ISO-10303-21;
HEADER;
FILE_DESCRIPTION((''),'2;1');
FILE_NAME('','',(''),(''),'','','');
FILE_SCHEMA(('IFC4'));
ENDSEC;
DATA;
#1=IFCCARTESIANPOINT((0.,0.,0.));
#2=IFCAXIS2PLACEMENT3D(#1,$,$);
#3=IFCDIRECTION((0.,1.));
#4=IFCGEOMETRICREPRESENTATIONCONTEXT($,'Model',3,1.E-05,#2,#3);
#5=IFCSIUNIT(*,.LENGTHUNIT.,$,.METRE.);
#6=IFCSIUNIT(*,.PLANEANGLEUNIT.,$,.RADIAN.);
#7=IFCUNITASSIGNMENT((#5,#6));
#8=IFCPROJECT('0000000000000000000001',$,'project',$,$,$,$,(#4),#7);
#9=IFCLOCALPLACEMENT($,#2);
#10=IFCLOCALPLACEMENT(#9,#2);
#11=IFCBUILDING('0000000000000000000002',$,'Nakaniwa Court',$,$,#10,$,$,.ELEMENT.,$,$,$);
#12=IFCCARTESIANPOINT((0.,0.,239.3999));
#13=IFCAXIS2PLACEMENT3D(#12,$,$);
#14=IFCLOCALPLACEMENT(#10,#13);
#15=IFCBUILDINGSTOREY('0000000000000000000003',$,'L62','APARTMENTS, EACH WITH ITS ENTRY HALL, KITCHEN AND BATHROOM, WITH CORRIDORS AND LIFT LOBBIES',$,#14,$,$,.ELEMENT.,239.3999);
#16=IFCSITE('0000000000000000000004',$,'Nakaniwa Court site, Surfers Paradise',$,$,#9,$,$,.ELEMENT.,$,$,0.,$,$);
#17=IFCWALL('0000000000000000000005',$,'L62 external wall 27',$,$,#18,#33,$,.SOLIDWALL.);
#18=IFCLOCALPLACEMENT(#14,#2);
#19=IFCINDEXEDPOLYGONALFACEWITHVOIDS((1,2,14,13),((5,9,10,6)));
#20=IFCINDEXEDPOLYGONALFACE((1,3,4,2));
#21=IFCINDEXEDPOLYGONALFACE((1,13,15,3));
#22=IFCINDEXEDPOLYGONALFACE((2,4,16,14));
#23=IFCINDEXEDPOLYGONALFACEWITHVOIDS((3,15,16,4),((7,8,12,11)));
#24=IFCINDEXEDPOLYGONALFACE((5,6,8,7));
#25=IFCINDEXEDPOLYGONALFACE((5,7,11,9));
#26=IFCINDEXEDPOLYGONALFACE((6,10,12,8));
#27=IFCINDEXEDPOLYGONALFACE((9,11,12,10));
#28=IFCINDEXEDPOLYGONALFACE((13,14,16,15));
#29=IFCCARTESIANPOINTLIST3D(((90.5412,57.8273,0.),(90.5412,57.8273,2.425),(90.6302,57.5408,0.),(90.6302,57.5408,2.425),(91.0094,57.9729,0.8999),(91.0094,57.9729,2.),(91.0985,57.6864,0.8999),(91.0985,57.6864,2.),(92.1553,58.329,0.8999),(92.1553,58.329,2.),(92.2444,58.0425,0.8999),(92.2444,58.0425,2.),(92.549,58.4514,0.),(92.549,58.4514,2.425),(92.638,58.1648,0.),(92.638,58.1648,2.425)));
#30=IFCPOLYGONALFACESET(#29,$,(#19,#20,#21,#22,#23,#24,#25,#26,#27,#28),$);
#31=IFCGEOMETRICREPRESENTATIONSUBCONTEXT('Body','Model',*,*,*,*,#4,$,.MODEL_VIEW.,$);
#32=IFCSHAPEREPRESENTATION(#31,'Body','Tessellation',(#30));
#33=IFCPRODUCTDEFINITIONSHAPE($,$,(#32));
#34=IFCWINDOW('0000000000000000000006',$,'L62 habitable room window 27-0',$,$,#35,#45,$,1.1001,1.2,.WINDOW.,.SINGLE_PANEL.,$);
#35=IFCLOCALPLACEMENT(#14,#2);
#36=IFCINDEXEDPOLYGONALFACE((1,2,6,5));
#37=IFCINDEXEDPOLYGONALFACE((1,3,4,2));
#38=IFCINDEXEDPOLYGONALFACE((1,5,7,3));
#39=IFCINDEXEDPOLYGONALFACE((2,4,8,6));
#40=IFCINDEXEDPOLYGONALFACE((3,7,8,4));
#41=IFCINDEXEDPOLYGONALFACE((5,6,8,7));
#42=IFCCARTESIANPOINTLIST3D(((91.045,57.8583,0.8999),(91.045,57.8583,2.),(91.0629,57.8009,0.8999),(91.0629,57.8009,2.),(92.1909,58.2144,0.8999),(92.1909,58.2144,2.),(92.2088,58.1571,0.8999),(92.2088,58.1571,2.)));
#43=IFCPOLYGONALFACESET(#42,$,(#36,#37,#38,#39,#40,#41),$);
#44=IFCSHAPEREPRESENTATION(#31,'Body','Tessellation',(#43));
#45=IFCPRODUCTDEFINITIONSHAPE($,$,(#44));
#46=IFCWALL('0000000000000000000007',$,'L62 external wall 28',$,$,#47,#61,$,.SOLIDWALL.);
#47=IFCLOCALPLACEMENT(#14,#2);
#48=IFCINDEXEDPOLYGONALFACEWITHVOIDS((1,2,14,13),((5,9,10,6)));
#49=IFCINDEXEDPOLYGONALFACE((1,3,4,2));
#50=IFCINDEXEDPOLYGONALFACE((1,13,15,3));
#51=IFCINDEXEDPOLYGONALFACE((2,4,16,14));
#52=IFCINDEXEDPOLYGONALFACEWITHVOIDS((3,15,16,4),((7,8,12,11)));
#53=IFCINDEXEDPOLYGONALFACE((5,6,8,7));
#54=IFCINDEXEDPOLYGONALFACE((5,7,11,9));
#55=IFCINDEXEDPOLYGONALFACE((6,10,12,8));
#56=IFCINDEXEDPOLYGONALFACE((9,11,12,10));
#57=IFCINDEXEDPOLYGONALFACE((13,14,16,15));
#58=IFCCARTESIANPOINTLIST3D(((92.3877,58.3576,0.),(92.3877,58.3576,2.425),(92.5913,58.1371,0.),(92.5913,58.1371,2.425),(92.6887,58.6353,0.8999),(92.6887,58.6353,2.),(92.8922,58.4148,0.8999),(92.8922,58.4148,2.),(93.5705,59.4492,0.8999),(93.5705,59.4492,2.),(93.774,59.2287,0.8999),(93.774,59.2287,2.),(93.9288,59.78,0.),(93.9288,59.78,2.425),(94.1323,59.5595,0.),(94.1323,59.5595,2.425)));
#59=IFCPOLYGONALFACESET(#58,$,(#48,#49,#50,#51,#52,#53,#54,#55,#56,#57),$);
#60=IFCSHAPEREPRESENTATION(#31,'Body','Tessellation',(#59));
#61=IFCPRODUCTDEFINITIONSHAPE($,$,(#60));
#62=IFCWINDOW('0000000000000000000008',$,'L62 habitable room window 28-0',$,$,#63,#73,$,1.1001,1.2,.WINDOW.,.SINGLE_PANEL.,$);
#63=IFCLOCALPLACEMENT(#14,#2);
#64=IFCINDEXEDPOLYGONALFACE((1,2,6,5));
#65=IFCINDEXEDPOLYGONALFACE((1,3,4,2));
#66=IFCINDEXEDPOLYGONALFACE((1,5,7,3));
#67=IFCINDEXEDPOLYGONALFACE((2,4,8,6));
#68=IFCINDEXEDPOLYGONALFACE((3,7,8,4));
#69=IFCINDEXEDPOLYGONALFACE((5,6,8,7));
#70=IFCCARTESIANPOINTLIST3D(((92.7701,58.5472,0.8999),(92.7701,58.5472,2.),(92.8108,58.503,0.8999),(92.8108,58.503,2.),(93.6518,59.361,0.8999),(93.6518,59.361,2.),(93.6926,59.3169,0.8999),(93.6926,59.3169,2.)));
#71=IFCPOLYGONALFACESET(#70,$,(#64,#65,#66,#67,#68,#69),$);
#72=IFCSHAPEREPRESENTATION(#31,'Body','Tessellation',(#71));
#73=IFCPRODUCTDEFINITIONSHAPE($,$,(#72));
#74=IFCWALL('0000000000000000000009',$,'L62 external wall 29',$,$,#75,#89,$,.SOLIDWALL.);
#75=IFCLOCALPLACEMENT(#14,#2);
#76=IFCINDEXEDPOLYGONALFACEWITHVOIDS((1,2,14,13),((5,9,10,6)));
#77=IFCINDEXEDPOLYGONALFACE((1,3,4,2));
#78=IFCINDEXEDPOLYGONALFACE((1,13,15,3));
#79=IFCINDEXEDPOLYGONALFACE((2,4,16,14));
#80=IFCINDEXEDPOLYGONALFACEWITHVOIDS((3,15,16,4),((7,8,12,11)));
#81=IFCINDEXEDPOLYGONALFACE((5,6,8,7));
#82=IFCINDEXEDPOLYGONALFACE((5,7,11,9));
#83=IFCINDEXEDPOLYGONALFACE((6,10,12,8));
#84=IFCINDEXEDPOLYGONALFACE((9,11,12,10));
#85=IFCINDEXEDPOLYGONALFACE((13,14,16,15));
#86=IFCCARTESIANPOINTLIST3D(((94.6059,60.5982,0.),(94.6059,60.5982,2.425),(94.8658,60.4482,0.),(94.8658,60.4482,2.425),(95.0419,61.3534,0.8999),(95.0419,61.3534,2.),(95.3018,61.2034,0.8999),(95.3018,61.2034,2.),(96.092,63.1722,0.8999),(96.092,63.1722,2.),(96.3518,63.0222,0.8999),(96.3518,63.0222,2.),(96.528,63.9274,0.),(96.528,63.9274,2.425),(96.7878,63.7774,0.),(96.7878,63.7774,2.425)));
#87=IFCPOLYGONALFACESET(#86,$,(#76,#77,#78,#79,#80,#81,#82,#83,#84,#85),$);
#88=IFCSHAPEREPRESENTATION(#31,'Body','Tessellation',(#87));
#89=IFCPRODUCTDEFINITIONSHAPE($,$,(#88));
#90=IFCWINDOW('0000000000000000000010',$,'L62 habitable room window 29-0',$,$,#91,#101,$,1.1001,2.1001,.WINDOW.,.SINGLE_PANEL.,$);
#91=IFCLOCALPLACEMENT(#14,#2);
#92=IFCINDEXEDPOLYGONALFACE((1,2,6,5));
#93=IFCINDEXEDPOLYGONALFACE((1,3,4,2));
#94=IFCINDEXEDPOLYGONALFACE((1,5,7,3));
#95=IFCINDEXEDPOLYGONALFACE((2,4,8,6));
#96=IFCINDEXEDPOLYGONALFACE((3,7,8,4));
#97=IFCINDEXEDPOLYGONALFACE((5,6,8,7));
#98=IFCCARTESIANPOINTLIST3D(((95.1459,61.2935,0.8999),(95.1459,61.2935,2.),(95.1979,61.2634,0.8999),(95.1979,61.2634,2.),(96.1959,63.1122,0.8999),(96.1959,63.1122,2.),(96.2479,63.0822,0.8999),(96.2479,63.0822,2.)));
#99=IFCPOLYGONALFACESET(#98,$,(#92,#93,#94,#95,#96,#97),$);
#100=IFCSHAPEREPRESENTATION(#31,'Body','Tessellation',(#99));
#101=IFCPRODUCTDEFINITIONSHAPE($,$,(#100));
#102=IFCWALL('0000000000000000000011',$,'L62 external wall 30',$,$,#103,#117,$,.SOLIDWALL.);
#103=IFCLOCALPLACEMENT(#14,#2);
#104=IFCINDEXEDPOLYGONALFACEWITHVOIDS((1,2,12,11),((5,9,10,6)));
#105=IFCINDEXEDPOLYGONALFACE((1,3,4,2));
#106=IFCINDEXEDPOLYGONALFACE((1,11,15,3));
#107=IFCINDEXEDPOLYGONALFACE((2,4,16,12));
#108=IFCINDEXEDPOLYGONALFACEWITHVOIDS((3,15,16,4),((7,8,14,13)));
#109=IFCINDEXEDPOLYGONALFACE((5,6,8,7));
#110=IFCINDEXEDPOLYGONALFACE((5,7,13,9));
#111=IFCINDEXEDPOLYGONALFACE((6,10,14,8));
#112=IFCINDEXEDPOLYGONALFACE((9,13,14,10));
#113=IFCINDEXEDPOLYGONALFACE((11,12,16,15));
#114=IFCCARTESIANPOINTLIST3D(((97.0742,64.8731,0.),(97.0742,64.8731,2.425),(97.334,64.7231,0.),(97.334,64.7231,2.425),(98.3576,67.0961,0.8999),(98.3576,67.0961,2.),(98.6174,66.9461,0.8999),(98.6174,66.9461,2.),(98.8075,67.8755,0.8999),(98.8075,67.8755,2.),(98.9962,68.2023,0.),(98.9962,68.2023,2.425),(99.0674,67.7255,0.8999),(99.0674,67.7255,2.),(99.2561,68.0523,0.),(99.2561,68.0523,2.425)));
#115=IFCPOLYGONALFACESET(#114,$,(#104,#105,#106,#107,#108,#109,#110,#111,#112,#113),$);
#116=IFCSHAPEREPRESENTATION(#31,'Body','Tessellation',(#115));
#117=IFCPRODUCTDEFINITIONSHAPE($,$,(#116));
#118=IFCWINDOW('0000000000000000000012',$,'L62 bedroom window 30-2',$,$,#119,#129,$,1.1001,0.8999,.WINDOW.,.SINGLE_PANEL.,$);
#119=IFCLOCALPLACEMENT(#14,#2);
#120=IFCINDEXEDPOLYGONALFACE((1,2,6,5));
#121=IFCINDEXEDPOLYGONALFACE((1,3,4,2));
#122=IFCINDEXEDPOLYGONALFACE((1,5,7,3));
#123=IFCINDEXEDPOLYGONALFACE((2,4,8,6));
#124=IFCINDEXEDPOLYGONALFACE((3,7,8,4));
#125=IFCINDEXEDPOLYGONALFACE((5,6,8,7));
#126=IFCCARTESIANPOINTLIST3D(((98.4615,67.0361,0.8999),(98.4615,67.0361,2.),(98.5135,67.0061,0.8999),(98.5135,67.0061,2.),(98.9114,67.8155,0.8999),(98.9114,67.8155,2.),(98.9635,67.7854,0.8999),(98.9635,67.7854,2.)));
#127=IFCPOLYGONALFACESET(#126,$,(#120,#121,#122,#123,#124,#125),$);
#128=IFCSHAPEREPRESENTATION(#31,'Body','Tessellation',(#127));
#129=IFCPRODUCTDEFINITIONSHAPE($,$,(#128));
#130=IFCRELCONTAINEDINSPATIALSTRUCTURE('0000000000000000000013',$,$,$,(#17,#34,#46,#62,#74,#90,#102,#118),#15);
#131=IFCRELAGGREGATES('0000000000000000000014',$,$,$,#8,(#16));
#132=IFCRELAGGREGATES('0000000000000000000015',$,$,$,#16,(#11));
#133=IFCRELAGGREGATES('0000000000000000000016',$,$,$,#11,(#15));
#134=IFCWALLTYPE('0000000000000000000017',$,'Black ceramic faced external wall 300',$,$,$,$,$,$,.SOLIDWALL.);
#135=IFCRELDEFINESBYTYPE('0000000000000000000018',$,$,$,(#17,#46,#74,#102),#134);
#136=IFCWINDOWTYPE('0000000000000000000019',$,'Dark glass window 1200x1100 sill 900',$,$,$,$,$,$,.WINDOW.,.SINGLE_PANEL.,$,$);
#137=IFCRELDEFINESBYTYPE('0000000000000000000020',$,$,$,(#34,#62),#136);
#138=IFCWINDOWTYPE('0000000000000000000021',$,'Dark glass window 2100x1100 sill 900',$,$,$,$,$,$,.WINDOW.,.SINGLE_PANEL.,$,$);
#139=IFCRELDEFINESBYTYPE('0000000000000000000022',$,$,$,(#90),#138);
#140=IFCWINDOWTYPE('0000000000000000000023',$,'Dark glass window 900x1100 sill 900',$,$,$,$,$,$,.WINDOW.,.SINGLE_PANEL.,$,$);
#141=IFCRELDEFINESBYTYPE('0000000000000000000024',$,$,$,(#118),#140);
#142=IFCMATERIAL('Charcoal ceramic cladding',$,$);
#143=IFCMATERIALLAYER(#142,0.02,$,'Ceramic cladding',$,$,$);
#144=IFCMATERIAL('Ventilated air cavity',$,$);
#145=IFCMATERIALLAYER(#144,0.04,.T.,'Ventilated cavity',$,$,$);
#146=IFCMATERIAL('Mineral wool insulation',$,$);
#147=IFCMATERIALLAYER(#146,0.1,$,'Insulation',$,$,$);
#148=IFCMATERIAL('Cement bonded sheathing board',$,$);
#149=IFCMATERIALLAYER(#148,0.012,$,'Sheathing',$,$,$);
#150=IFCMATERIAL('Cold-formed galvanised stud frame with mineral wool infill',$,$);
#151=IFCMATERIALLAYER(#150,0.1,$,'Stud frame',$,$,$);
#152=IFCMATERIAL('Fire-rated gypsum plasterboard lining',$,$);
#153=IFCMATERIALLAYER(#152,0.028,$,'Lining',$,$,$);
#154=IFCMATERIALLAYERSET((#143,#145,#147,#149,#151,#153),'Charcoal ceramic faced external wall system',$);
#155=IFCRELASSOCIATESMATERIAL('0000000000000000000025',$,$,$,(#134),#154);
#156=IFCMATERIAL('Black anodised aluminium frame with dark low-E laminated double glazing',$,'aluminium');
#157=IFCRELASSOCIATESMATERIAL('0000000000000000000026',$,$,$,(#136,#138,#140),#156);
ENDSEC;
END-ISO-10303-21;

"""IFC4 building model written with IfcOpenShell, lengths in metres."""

from ifc_helpers import new_model, si_unit, direction, frame, frame_2d, origin, place, context, subcontext, project, spatial, rectangle, extrude, material, layer, layer_set, type_object, element, fill, save


model = new_model("IFC4")

# Units and contexts
model_context = context("Model", 3, precision=1e-05, world=origin(), true_north=direction((0.0, 1.0)))
body_context = subcontext(model_context, "Body", "Model", "MODEL_VIEW")
ifc_project = project(units=[si_unit("LENGTHUNIT", "METRE"), si_unit("PLANEANGLEUNIT", "RADIAN")], contexts=[model_context])

# Site, building, storey
site_placement = place(None, origin())
site = spatial("IfcSite", under=ifc_project, at=site_placement, Name="Nakaniwa Court site, Surfers Paradise", CompositionType="ELEMENT", RefElevation=0.0)
building_placement = place(site_placement, origin())
building = spatial("IfcBuilding", under=site, at=building_placement, Name="Nakaniwa Court", CompositionType="ELEMENT")
storey_placement = place(building_placement, frame((0.0, 0.0, 239.3999)))
storey = spatial("IfcBuildingStorey", under=building, at=storey_placement, Name="L62", Description="APARTMENTS, EACH WITH ITS ENTRY HALL, KITCHEN AND BATHROOM, WITH CORRIDORS AND LIFT LOBBIES", CompositionType="ELEMENT", Elevation=239.3999)

# Walls, openings, windows
ifc_material_1 = material(Name="Charcoal ceramic cladding")
ifc_layer_1 = layer(ifc_material_1, 0.02, Name="Ceramic cladding")
ifc_material_2 = material(Name="Ventilated air cavity")
ifc_layer_2 = layer(ifc_material_2, 0.04, ventilated=True, Name="Ventilated cavity")
ifc_material_3 = material(Name="Mineral wool insulation")
ifc_layer_3 = layer(ifc_material_3, 0.1, Name="Insulation")
ifc_material_4 = material(Name="Cement bonded sheathing board")
ifc_layer_4 = layer(ifc_material_4, 0.012, Name="Sheathing")
ifc_material_5 = material(Name="Cold-formed galvanised stud frame with mineral wool infill")
ifc_layer_5 = layer(ifc_material_5, 0.1, Name="Stud frame")
ifc_material_6 = material(Name="Fire-rated gypsum plasterboard lining")
ifc_layer_6 = layer(ifc_material_6, 0.028, Name="Lining")
ifc_layer_set_1 = layer_set([ifc_layer_1, ifc_layer_2, ifc_layer_3, ifc_layer_4, ifc_layer_5, ifc_layer_6], Name="Charcoal ceramic faced external wall system")
wall_type_1 = type_object("IfcWallType", Name="Black ceramic faced external wall 300", PredefinedType="SOLIDWALL", material=ifc_layer_set_1)
wall_1_placement = place(storey_placement, frame((90.5857, 57.6841, 0.0), z_axis=(0.0, 0.0, 1.0), x_axis=(0.954942, 0.296794, 0.0)))
wall_1 = element("IfcWall", 1, at=wall_1_placement, inside=storey, type_object=wall_type_1, Name="L62 external wall 27", PredefinedType="SOLIDWALL", context=body_context, shape_type="SweptSolid", body=[
    extrude(rectangle(XDim=2.1025, YDim=0.3, at=frame_2d((1.0513, 0.0))), origin(), (0.0, 0.0, 1.0), 2.425),
])
opening_1_placement = place(wall_1_placement, frame((0.4902, 0.0, 0.8999)))
opening_1 = element("IfcOpeningElement", 2, at=opening_1_placement, cuts=wall_1, PredefinedType="OPENING", context=body_context, shape_type="SweptSolid", body=[
    extrude(rectangle(XDim=1.2, YDim=1.1001, at=frame_2d((0.6001, 0.55))), frame((0.0, 0.1599, 0.0), z_axis=(0.0, -1.0, 0.0), x_axis=(1.0, 0.0, 0.0)), (0.0, 0.0, 1.0), 0.3201),
])
ifc_material_7 = material(Name="Black anodised aluminium frame with dark low-E laminated double glazing", Category="aluminium")
window_type_1 = type_object("IfcWindowType", Name="Dark glass window 1200x1100 sill 900", PartitioningType="SINGLE_PANEL", PredefinedType="WINDOW", material=ifc_material_7)
window_1_placement = place(opening_1_placement, origin())
window_1 = element("IfcWindow", 3, at=window_1_placement, inside=storey, type_object=window_type_1, Name="L62 habitable room window 27-0", OverallHeight=1.1001, OverallWidth=1.2, PartitioningType="SINGLE_PANEL", PredefinedType="WINDOW", context=body_context, shape_type="SweptSolid", body=[
    extrude(rectangle(XDim=1.2, YDim=1.1001, at=frame_2d((0.6001, 0.55))), frame((0.0, 0.03, 0.0), z_axis=(0.0, -1.0, 0.0), x_axis=(1.0, 0.0, 0.0)), (0.0, 0.0, 1.0), 0.0601),
])
fill(opening_1, window_1)
wall_2_placement = place(storey_placement, frame((92.4895, 58.2473, 0.0), z_axis=(0.0, 0.0, 1.0), x_axis=(0.73483, 0.678251, 0.0)))
wall_2 = element("IfcWall", 4, at=wall_2_placement, inside=storey, type_object=wall_type_1, Name="L62 external wall 28", PredefinedType="SOLIDWALL", context=body_context, shape_type="SweptSolid", body=[
    extrude(rectangle(XDim=2.0972, YDim=0.3, at=frame_2d((1.0486, 0.0))), origin(), (0.0, 0.0, 1.0), 2.425),
])
opening_2_placement = place(wall_2_placement, frame((0.4094, 0.0, 0.8999)))
opening_2 = element("IfcOpeningElement", 5, at=opening_2_placement, cuts=wall_2, PredefinedType="OPENING", context=body_context, shape_type="SweptSolid", body=[
    extrude(rectangle(XDim=1.2, YDim=1.1001, at=frame_2d((0.6001, 0.55))), frame((0.0, 0.1599, 0.0), z_axis=(0.0, -1.0, 0.0), x_axis=(1.0, 0.0, 0.0)), (0.0, 0.0, 1.0), 0.3201),
])
window_2_placement = place(opening_2_placement, origin())
window_2 = element("IfcWindow", 6, at=window_2_placement, inside=storey, type_object=window_type_1, Name="L62 habitable room window 28-0", OverallHeight=1.1001, OverallWidth=1.2, PartitioningType="SINGLE_PANEL", PredefinedType="WINDOW", context=body_context, shape_type="SweptSolid", body=[
    extrude(rectangle(XDim=1.2, YDim=1.1001, at=frame_2d((0.6001, 0.55))), frame((0.0, 0.03, 0.0), z_axis=(0.0, -1.0, 0.0), x_axis=(1.0, 0.0, 0.0)), (0.0, 0.0, 1.0), 0.0601),
])
fill(opening_2, window_2)
wall_3_placement = place(storey_placement, frame((94.7358, 60.5232, 0.0), z_axis=(0.0, 0.0, 1.0), x_axis=(0.499984, 0.866034, 0.0)))
wall_3 = element("IfcWall", 7, at=wall_3_placement, inside=storey, type_object=wall_type_1, Name="L62 external wall 29", PredefinedType="SOLIDWALL", context=body_context, shape_type="SweptSolid", body=[
    extrude(rectangle(XDim=3.8442, YDim=0.3, at=frame_2d((1.9221, 0.0))), origin(), (0.0, 0.0, 1.0), 2.425),
])
opening_3_placement = place(wall_3_placement, frame((0.8721, 0.0, 0.8999)))
opening_3 = element("IfcOpeningElement", 8, at=opening_3_placement, cuts=wall_3, PredefinedType="OPENING", context=body_context, shape_type="SweptSolid", body=[
    extrude(rectangle(XDim=2.1001, YDim=1.1001, at=frame_2d((1.05, 0.55))), frame((0.0, 0.1599, 0.0), z_axis=(0.0, -1.0, 0.0), x_axis=(1.0, 0.0, 0.0)), (0.0, 0.0, 1.0), 0.3201),
])
window_type_2 = type_object("IfcWindowType", Name="Dark glass window 2100x1100 sill 900", PartitioningType="SINGLE_PANEL", PredefinedType="WINDOW", material=ifc_material_7)
window_3_placement = place(opening_3_placement, origin())
window_3 = element("IfcWindow", 9, at=window_3_placement, inside=storey, type_object=window_type_2, Name="L62 habitable room window 29-0", OverallHeight=1.1001, OverallWidth=2.1001, PartitioningType="SINGLE_PANEL", PredefinedType="WINDOW", context=body_context, shape_type="SweptSolid", body=[
    extrude(rectangle(XDim=2.1001, YDim=1.1001, at=frame_2d((1.05, 0.55))), frame((0.0, 0.03, 0.0), z_axis=(0.0, -1.0, 0.0), x_axis=(1.0, 0.0, 0.0)), (0.0, 0.0, 1.0), 0.0601),
])
fill(opening_3, window_3)
wall_4_placement = place(storey_placement, frame((97.2041, 64.7981, 0.0), z_axis=(0.0, 0.0, 1.0), x_axis=(0.499984, 0.866034, 0.0)))
wall_4 = element("IfcWall", 10, at=wall_4_placement, inside=storey, type_object=wall_type_1, Name="L62 external wall 30", PredefinedType="SOLIDWALL", context=body_context, shape_type="SweptSolid", body=[
    extrude(rectangle(XDim=3.8442, YDim=0.3, at=frame_2d((1.9221, 0.0))), origin(), (0.0, 0.0, 1.0), 2.425),
])
opening_4_placement = place(wall_4_placement, frame((2.5669, 0.0, 0.8999)))
opening_4 = element("IfcOpeningElement", 11, at=opening_4_placement, cuts=wall_4, PredefinedType="OPENING", context=body_context, shape_type="SweptSolid", body=[
    extrude(rectangle(XDim=0.8999, YDim=1.1001, at=frame_2d((0.45, 0.55))), frame((0.0, 0.1599, 0.0), z_axis=(0.0, -1.0, 0.0), x_axis=(1.0, 0.0, 0.0)), (0.0, 0.0, 1.0), 0.3201),
])
window_type_3 = type_object("IfcWindowType", Name="Dark glass window 900x1100 sill 900", PartitioningType="SINGLE_PANEL", PredefinedType="WINDOW", material=ifc_material_7)
window_4_placement = place(opening_4_placement, origin())
window_4 = element("IfcWindow", 12, at=window_4_placement, inside=storey, type_object=window_type_3, Name="L62 bedroom window 30-2", OverallHeight=1.1001, OverallWidth=0.8999, PartitioningType="SINGLE_PANEL", PredefinedType="WINDOW", context=body_context, shape_type="SweptSolid", body=[
    extrude(rectangle(XDim=0.8999, YDim=1.1001, at=frame_2d((0.45, 0.55))), frame((0.0, 0.03, 0.0), z_axis=(0.0, -1.0, 0.0), x_axis=(1.0, 0.0, 0.0)), (0.0, 0.0, 1.0), 0.0601),
])
fill(opening_4, window_4)

save(model, "model.ifc")
